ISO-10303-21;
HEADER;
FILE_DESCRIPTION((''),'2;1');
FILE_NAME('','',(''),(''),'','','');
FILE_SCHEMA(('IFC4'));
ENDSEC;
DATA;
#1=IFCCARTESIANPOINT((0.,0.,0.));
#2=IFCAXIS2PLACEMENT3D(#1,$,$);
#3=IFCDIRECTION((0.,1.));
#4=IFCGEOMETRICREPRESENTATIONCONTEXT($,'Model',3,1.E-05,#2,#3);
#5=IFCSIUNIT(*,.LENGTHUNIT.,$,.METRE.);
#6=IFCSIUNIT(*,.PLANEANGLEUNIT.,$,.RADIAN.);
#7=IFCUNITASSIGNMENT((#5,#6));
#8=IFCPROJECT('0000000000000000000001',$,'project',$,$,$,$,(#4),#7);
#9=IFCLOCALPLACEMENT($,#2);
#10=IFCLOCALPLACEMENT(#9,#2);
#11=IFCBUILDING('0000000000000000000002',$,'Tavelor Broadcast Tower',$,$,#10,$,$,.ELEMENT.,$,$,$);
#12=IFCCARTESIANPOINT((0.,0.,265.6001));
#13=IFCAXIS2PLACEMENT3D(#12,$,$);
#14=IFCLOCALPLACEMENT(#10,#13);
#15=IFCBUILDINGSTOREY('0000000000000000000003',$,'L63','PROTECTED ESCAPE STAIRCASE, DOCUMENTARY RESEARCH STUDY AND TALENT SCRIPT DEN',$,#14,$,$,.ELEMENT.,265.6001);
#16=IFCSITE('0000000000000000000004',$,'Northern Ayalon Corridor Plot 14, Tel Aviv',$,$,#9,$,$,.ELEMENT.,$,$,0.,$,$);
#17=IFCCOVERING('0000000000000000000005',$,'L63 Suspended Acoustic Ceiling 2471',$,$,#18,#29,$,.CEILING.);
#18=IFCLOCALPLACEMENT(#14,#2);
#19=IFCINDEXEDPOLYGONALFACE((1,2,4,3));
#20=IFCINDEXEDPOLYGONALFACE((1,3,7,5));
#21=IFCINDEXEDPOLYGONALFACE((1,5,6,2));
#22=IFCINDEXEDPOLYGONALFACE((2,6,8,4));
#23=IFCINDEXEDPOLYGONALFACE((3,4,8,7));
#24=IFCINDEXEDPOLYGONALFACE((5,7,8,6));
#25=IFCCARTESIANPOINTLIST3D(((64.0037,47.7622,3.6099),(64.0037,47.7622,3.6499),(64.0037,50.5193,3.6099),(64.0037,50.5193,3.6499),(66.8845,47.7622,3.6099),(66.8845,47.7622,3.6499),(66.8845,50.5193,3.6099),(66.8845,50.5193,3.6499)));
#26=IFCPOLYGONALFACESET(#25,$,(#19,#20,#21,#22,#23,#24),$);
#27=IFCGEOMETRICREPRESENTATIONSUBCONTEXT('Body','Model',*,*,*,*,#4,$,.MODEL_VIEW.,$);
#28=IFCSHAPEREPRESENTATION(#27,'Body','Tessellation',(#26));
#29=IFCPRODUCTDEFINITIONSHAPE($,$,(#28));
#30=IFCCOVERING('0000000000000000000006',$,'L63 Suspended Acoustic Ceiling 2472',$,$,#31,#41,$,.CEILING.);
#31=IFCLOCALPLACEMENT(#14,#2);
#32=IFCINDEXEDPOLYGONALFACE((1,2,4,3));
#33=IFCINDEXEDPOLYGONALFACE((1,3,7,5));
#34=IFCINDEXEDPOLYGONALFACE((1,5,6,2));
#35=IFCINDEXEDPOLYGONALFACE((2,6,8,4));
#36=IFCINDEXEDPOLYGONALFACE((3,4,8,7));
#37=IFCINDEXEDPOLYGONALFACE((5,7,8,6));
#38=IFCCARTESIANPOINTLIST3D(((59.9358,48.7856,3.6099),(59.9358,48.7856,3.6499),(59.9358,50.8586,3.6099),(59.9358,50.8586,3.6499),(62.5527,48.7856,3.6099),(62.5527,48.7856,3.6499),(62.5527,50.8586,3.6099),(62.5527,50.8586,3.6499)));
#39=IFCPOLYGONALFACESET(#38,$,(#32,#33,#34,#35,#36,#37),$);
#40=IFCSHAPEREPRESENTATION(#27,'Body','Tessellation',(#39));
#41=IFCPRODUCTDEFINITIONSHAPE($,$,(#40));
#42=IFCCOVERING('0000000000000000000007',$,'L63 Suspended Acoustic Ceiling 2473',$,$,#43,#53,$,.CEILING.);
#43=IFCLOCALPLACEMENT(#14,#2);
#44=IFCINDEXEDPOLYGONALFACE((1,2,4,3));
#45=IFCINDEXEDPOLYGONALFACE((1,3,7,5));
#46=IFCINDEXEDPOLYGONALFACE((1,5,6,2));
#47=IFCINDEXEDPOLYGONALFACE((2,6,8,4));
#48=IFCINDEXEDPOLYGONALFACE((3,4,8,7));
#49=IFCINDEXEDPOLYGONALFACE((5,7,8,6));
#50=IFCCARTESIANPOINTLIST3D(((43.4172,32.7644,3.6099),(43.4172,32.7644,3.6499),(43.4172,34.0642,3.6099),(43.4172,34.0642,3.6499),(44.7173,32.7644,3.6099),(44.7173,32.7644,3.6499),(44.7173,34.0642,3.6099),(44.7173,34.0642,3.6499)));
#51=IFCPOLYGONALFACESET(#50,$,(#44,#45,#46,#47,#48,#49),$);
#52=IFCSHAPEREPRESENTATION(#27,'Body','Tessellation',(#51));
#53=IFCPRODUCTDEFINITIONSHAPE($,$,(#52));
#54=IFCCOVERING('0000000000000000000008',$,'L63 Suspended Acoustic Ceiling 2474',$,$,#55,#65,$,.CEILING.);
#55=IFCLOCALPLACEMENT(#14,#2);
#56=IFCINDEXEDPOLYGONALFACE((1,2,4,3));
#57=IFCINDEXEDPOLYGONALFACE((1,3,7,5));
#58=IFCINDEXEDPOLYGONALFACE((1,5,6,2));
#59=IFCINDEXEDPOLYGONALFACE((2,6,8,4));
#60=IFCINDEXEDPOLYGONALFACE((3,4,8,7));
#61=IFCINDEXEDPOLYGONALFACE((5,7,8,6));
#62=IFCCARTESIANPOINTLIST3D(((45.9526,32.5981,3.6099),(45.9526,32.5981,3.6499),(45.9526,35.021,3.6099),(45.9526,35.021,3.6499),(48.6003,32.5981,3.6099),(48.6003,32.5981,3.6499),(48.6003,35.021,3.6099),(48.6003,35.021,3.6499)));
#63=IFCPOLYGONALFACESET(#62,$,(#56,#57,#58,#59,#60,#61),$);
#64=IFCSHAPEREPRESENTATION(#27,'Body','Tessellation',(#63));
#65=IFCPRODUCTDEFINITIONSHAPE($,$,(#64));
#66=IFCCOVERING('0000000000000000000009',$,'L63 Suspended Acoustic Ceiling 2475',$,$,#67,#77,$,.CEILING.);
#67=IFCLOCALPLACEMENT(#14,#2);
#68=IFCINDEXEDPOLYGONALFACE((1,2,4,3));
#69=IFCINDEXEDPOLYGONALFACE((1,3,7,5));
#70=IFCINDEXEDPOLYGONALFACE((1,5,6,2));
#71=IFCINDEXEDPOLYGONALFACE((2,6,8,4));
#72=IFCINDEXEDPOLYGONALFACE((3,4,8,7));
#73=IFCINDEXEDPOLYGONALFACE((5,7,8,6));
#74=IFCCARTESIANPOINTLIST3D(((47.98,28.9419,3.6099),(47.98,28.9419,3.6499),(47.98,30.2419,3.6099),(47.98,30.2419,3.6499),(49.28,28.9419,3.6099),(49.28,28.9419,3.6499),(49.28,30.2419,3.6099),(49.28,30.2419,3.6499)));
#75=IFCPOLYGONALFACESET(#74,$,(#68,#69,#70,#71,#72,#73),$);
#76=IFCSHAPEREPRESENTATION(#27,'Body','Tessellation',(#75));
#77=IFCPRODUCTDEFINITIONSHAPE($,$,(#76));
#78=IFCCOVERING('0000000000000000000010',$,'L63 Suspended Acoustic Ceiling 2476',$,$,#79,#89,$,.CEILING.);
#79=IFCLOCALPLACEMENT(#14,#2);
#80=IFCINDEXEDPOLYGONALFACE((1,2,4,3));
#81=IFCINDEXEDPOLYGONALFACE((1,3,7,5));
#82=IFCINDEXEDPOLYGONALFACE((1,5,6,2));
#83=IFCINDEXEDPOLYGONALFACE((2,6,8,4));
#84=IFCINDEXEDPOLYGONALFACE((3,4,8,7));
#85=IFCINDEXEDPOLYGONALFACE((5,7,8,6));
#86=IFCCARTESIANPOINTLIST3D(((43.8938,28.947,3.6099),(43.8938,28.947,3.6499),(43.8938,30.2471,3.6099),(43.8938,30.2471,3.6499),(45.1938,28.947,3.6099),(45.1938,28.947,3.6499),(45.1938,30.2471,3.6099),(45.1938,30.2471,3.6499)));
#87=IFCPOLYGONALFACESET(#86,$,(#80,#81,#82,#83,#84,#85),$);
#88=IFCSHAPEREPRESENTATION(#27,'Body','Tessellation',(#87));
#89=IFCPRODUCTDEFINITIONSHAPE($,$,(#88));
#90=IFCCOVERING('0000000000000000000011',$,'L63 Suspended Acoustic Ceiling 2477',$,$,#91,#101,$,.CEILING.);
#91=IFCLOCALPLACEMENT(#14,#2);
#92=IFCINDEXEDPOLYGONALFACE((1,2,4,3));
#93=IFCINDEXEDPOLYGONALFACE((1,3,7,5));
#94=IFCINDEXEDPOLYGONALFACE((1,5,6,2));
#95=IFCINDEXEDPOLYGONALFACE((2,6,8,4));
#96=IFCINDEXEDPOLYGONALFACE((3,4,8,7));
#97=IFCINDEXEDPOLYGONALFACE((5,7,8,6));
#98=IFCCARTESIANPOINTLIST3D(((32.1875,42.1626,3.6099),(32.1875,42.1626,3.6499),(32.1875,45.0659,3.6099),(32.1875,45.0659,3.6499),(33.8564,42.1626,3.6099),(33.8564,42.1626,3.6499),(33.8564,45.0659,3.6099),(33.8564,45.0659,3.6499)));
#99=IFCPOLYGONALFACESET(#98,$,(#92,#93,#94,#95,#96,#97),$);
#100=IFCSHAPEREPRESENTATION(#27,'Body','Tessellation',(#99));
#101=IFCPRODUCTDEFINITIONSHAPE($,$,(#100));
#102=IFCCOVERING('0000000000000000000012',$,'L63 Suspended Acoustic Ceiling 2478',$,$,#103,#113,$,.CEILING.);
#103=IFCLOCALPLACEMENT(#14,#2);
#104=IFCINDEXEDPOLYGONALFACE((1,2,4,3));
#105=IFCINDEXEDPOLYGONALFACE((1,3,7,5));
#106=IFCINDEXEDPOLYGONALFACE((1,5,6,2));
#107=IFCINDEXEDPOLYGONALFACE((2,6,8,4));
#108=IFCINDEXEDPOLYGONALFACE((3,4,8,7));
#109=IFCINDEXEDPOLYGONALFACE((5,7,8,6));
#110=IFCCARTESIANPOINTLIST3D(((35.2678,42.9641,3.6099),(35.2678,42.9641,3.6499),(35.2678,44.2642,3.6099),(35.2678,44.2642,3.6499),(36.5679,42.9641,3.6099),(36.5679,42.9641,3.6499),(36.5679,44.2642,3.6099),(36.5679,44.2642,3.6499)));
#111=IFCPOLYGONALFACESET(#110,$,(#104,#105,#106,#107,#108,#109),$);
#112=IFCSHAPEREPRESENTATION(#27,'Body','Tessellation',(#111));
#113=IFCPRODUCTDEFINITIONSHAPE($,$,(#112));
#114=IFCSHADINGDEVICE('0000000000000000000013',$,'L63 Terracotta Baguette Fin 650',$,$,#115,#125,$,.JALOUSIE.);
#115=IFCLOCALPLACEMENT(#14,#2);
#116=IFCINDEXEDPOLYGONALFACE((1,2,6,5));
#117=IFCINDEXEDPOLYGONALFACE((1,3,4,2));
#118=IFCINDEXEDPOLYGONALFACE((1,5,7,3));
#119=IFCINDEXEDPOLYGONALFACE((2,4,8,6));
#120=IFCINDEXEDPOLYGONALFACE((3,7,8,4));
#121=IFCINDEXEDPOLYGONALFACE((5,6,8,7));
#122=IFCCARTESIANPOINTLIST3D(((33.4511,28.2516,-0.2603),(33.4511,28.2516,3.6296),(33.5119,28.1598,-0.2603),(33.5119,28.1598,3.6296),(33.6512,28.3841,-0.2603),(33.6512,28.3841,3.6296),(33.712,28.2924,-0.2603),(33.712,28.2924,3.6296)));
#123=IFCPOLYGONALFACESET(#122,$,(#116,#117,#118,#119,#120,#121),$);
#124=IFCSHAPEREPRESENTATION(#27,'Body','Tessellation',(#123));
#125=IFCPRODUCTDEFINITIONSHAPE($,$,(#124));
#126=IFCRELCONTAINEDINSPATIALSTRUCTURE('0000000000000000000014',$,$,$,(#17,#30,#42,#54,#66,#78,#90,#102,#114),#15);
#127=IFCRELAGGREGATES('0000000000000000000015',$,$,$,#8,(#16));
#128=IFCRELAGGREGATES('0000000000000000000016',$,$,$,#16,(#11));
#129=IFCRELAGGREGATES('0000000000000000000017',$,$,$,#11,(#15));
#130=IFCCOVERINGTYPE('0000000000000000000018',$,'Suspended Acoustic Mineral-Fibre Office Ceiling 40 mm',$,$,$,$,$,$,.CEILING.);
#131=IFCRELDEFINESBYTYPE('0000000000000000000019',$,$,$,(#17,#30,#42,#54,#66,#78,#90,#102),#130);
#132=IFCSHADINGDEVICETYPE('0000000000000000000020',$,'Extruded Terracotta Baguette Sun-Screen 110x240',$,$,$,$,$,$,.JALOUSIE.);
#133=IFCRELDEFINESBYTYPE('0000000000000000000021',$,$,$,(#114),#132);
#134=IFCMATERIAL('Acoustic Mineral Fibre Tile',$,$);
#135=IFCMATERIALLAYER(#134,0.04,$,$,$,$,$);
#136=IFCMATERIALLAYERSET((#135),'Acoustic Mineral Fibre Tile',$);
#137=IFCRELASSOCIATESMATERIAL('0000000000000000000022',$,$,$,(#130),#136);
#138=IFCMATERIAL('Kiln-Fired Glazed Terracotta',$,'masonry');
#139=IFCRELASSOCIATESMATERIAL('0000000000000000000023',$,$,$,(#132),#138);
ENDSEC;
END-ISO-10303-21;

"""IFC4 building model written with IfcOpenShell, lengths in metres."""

from ifc_helpers import new_model, si_unit, direction, frame, origin, origin_2d, place, context, subcontext, project, spatial, polyline, rectangle, outline, extrude, source, transform, mapped, material, layer, layer_set, type_object, type_shapes, element, save


model = new_model("IFC4")

# Units and contexts
model_context = context("Model", 3, precision=1e-05, world=origin(), true_north=direction((0.0, 1.0)))
body_context = subcontext(model_context, "Body", "Model", "MODEL_VIEW")
ifc_project = project(units=[si_unit("LENGTHUNIT", "METRE"), si_unit("PLANEANGLEUNIT", "RADIAN")], contexts=[model_context])

# Site, building, storey
site_placement = place(None, origin())
site = spatial("IfcSite", under=ifc_project, at=site_placement, Name="Northern Ayalon Corridor Plot 14, Tel Aviv", CompositionType="ELEMENT", RefElevation=0.0)
building_placement = place(site_placement, origin())
building = spatial("IfcBuilding", under=site, at=building_placement, Name="Tavelor Broadcast Tower", CompositionType="ELEMENT")
storey_placement = place(building_placement, frame((0.0, 0.0, 265.6001)))
storey = spatial("IfcBuildingStorey", under=building, at=storey_placement, Name="L63", Description="PROTECTED ESCAPE STAIRCASE, DOCUMENTARY RESEARCH STUDY AND TALENT SCRIPT DEN", CompositionType="ELEMENT", Elevation=265.6001)

# Coverings
ifc_material_1 = material(Name="Acoustic Mineral Fibre Tile")
ifc_layer_1 = layer(ifc_material_1, 0.04)
ifc_layer_set_1 = layer_set([ifc_layer_1], Name="Acoustic Mineral Fibre Tile")
covering_type_1 = type_object("IfcCoveringType", Name="Suspended Acoustic Mineral-Fibre Office Ceiling 40 mm", PredefinedType="CEILING", material=ifc_layer_set_1)
covering_1_placement = place(storey_placement, frame((0.0, 0.0, 3.6099)))
element("IfcCovering", 1, at=covering_1_placement, inside=storey, type_object=covering_type_1, Name="L63 Suspended Acoustic Ceiling 2471", PredefinedType="CEILING", context=body_context, shape_type="SweptSolid", body=[
    extrude(outline(polyline([(64.0037, 47.7622), (66.8845, 47.7622), (66.8845, 50.5193), (64.0037, 50.5193), (64.0037, 47.7622)])), origin(), (0.0, 0.0, 1.0), 0.04),
])
covering_2_placement = place(storey_placement, frame((0.0, 0.0, 3.6099)))
element("IfcCovering", 2, at=covering_2_placement, inside=storey, type_object=covering_type_1, Name="L63 Suspended Acoustic Ceiling 2472", PredefinedType="CEILING", context=body_context, shape_type="SweptSolid", body=[
    extrude(outline(polyline([(59.9358, 48.7856), (62.5527, 48.7856), (62.5527, 50.8586), (59.9358, 50.8586), (59.9358, 48.7856)])), origin(), (0.0, 0.0, 1.0), 0.04),
])
covering_3_placement = place(storey_placement, frame((0.0, 0.0, 3.6099)))
element("IfcCovering", 3, at=covering_3_placement, inside=storey, type_object=covering_type_1, Name="L63 Suspended Acoustic Ceiling 2473", PredefinedType="CEILING", context=body_context, shape_type="SweptSolid", body=[
    extrude(outline(polyline([(43.4172, 32.7644), (44.7173, 32.7644), (44.7173, 34.0642), (43.4172, 34.0642), (43.4172, 32.7644)])), origin(), (0.0, 0.0, 1.0), 0.04),
])
covering_4_placement = place(storey_placement, frame((0.0, 0.0, 3.6099)))
element("IfcCovering", 4, at=covering_4_placement, inside=storey, type_object=covering_type_1, Name="L63 Suspended Acoustic Ceiling 2474", PredefinedType="CEILING", context=body_context, shape_type="SweptSolid", body=[
    extrude(outline(polyline([(45.9526, 32.5981), (48.6003, 32.5981), (48.6003, 35.021), (45.9526, 35.021), (45.9526, 32.5981)])), origin(), (0.0, 0.0, 1.0), 0.04),
])
covering_5_placement = place(storey_placement, frame((0.0, 0.0, 3.6099)))
element("IfcCovering", 5, at=covering_5_placement, inside=storey, type_object=covering_type_1, Name="L63 Suspended Acoustic Ceiling 2475", PredefinedType="CEILING", context=body_context, shape_type="SweptSolid", body=[
    extrude(outline(polyline([(47.98, 28.9419), (49.28, 28.9419), (49.28, 30.2419), (47.98, 30.2419), (47.98, 28.9419)])), origin(), (0.0, 0.0, 1.0), 0.04),
])
covering_6_placement = place(storey_placement, frame((0.0, 0.0, 3.6099)))
element("IfcCovering", 6, at=covering_6_placement, inside=storey, type_object=covering_type_1, Name="L63 Suspended Acoustic Ceiling 2476", PredefinedType="CEILING", context=body_context, shape_type="SweptSolid", body=[
    extrude(outline(polyline([(43.8938, 28.947), (45.1938, 28.947), (45.1938, 30.2471), (43.8938, 30.2471), (43.8938, 28.947)])), origin(), (0.0, 0.0, 1.0), 0.04),
])
covering_7_placement = place(storey_placement, frame((0.0, 0.0, 3.6099)))
element("IfcCovering", 7, at=covering_7_placement, inside=storey, type_object=covering_type_1, Name="L63 Suspended Acoustic Ceiling 2477", PredefinedType="CEILING", context=body_context, shape_type="SweptSolid", body=[
    extrude(outline(polyline([(32.1875, 42.1626), (33.8564, 42.1626), (33.8564, 45.0659), (32.1875, 45.0659), (32.1875, 42.1626)])), origin(), (0.0, 0.0, 1.0), 0.04),
])
covering_8_placement = place(storey_placement, frame((0.0, 0.0, 3.6099)))
element("IfcCovering", 8, at=covering_8_placement, inside=storey, type_object=covering_type_1, Name="L63 Suspended Acoustic Ceiling 2478", PredefinedType="CEILING", context=body_context, shape_type="SweptSolid", body=[
    extrude(outline(polyline([(35.2678, 42.9641), (36.5679, 42.9641), (36.5679, 44.2642), (35.2678, 44.2642), (35.2678, 42.9641)])), origin(), (0.0, 0.0, 1.0), 0.04),
])

# Shading device
ifc_material_2 = material(Name="Kiln-Fired Glazed Terracotta", Category="masonry")
shading_device_type = type_object("IfcShadingDeviceType", Name="Extruded Terracotta Baguette Sun-Screen 110x240", PredefinedType="JALOUSIE", material=ifc_material_2)
shared_shape_1 = source(origin(), body_context, "Body", "SweptSolid", [
    extrude(rectangle(XDim=0.1101, YDim=0.24, at=origin_2d()), origin(), (0.0, 0.0, 1.0), 3.8899),
])
type_shapes(shading_device_type, [shared_shape_1])
shading_device_placement = place(storey_placement, frame((33.5815, 28.272, -0.2603), z_axis=(0.0, 0.0, 1.0), x_axis=(0.552374, -0.833597, 0.0)))
element("IfcShadingDevice", 9, at=shading_device_placement, inside=storey, type_object=shading_device_type, Name="L63 Terracotta Baguette Fin 650", PredefinedType="JALOUSIE", context=body_context, shape_type="MappedRepresentation", body=[
    mapped(shared_shape_1, transform((0.0, 0.0, 0.0), scale=1.0)),
])

save(model, "model.ifc")
